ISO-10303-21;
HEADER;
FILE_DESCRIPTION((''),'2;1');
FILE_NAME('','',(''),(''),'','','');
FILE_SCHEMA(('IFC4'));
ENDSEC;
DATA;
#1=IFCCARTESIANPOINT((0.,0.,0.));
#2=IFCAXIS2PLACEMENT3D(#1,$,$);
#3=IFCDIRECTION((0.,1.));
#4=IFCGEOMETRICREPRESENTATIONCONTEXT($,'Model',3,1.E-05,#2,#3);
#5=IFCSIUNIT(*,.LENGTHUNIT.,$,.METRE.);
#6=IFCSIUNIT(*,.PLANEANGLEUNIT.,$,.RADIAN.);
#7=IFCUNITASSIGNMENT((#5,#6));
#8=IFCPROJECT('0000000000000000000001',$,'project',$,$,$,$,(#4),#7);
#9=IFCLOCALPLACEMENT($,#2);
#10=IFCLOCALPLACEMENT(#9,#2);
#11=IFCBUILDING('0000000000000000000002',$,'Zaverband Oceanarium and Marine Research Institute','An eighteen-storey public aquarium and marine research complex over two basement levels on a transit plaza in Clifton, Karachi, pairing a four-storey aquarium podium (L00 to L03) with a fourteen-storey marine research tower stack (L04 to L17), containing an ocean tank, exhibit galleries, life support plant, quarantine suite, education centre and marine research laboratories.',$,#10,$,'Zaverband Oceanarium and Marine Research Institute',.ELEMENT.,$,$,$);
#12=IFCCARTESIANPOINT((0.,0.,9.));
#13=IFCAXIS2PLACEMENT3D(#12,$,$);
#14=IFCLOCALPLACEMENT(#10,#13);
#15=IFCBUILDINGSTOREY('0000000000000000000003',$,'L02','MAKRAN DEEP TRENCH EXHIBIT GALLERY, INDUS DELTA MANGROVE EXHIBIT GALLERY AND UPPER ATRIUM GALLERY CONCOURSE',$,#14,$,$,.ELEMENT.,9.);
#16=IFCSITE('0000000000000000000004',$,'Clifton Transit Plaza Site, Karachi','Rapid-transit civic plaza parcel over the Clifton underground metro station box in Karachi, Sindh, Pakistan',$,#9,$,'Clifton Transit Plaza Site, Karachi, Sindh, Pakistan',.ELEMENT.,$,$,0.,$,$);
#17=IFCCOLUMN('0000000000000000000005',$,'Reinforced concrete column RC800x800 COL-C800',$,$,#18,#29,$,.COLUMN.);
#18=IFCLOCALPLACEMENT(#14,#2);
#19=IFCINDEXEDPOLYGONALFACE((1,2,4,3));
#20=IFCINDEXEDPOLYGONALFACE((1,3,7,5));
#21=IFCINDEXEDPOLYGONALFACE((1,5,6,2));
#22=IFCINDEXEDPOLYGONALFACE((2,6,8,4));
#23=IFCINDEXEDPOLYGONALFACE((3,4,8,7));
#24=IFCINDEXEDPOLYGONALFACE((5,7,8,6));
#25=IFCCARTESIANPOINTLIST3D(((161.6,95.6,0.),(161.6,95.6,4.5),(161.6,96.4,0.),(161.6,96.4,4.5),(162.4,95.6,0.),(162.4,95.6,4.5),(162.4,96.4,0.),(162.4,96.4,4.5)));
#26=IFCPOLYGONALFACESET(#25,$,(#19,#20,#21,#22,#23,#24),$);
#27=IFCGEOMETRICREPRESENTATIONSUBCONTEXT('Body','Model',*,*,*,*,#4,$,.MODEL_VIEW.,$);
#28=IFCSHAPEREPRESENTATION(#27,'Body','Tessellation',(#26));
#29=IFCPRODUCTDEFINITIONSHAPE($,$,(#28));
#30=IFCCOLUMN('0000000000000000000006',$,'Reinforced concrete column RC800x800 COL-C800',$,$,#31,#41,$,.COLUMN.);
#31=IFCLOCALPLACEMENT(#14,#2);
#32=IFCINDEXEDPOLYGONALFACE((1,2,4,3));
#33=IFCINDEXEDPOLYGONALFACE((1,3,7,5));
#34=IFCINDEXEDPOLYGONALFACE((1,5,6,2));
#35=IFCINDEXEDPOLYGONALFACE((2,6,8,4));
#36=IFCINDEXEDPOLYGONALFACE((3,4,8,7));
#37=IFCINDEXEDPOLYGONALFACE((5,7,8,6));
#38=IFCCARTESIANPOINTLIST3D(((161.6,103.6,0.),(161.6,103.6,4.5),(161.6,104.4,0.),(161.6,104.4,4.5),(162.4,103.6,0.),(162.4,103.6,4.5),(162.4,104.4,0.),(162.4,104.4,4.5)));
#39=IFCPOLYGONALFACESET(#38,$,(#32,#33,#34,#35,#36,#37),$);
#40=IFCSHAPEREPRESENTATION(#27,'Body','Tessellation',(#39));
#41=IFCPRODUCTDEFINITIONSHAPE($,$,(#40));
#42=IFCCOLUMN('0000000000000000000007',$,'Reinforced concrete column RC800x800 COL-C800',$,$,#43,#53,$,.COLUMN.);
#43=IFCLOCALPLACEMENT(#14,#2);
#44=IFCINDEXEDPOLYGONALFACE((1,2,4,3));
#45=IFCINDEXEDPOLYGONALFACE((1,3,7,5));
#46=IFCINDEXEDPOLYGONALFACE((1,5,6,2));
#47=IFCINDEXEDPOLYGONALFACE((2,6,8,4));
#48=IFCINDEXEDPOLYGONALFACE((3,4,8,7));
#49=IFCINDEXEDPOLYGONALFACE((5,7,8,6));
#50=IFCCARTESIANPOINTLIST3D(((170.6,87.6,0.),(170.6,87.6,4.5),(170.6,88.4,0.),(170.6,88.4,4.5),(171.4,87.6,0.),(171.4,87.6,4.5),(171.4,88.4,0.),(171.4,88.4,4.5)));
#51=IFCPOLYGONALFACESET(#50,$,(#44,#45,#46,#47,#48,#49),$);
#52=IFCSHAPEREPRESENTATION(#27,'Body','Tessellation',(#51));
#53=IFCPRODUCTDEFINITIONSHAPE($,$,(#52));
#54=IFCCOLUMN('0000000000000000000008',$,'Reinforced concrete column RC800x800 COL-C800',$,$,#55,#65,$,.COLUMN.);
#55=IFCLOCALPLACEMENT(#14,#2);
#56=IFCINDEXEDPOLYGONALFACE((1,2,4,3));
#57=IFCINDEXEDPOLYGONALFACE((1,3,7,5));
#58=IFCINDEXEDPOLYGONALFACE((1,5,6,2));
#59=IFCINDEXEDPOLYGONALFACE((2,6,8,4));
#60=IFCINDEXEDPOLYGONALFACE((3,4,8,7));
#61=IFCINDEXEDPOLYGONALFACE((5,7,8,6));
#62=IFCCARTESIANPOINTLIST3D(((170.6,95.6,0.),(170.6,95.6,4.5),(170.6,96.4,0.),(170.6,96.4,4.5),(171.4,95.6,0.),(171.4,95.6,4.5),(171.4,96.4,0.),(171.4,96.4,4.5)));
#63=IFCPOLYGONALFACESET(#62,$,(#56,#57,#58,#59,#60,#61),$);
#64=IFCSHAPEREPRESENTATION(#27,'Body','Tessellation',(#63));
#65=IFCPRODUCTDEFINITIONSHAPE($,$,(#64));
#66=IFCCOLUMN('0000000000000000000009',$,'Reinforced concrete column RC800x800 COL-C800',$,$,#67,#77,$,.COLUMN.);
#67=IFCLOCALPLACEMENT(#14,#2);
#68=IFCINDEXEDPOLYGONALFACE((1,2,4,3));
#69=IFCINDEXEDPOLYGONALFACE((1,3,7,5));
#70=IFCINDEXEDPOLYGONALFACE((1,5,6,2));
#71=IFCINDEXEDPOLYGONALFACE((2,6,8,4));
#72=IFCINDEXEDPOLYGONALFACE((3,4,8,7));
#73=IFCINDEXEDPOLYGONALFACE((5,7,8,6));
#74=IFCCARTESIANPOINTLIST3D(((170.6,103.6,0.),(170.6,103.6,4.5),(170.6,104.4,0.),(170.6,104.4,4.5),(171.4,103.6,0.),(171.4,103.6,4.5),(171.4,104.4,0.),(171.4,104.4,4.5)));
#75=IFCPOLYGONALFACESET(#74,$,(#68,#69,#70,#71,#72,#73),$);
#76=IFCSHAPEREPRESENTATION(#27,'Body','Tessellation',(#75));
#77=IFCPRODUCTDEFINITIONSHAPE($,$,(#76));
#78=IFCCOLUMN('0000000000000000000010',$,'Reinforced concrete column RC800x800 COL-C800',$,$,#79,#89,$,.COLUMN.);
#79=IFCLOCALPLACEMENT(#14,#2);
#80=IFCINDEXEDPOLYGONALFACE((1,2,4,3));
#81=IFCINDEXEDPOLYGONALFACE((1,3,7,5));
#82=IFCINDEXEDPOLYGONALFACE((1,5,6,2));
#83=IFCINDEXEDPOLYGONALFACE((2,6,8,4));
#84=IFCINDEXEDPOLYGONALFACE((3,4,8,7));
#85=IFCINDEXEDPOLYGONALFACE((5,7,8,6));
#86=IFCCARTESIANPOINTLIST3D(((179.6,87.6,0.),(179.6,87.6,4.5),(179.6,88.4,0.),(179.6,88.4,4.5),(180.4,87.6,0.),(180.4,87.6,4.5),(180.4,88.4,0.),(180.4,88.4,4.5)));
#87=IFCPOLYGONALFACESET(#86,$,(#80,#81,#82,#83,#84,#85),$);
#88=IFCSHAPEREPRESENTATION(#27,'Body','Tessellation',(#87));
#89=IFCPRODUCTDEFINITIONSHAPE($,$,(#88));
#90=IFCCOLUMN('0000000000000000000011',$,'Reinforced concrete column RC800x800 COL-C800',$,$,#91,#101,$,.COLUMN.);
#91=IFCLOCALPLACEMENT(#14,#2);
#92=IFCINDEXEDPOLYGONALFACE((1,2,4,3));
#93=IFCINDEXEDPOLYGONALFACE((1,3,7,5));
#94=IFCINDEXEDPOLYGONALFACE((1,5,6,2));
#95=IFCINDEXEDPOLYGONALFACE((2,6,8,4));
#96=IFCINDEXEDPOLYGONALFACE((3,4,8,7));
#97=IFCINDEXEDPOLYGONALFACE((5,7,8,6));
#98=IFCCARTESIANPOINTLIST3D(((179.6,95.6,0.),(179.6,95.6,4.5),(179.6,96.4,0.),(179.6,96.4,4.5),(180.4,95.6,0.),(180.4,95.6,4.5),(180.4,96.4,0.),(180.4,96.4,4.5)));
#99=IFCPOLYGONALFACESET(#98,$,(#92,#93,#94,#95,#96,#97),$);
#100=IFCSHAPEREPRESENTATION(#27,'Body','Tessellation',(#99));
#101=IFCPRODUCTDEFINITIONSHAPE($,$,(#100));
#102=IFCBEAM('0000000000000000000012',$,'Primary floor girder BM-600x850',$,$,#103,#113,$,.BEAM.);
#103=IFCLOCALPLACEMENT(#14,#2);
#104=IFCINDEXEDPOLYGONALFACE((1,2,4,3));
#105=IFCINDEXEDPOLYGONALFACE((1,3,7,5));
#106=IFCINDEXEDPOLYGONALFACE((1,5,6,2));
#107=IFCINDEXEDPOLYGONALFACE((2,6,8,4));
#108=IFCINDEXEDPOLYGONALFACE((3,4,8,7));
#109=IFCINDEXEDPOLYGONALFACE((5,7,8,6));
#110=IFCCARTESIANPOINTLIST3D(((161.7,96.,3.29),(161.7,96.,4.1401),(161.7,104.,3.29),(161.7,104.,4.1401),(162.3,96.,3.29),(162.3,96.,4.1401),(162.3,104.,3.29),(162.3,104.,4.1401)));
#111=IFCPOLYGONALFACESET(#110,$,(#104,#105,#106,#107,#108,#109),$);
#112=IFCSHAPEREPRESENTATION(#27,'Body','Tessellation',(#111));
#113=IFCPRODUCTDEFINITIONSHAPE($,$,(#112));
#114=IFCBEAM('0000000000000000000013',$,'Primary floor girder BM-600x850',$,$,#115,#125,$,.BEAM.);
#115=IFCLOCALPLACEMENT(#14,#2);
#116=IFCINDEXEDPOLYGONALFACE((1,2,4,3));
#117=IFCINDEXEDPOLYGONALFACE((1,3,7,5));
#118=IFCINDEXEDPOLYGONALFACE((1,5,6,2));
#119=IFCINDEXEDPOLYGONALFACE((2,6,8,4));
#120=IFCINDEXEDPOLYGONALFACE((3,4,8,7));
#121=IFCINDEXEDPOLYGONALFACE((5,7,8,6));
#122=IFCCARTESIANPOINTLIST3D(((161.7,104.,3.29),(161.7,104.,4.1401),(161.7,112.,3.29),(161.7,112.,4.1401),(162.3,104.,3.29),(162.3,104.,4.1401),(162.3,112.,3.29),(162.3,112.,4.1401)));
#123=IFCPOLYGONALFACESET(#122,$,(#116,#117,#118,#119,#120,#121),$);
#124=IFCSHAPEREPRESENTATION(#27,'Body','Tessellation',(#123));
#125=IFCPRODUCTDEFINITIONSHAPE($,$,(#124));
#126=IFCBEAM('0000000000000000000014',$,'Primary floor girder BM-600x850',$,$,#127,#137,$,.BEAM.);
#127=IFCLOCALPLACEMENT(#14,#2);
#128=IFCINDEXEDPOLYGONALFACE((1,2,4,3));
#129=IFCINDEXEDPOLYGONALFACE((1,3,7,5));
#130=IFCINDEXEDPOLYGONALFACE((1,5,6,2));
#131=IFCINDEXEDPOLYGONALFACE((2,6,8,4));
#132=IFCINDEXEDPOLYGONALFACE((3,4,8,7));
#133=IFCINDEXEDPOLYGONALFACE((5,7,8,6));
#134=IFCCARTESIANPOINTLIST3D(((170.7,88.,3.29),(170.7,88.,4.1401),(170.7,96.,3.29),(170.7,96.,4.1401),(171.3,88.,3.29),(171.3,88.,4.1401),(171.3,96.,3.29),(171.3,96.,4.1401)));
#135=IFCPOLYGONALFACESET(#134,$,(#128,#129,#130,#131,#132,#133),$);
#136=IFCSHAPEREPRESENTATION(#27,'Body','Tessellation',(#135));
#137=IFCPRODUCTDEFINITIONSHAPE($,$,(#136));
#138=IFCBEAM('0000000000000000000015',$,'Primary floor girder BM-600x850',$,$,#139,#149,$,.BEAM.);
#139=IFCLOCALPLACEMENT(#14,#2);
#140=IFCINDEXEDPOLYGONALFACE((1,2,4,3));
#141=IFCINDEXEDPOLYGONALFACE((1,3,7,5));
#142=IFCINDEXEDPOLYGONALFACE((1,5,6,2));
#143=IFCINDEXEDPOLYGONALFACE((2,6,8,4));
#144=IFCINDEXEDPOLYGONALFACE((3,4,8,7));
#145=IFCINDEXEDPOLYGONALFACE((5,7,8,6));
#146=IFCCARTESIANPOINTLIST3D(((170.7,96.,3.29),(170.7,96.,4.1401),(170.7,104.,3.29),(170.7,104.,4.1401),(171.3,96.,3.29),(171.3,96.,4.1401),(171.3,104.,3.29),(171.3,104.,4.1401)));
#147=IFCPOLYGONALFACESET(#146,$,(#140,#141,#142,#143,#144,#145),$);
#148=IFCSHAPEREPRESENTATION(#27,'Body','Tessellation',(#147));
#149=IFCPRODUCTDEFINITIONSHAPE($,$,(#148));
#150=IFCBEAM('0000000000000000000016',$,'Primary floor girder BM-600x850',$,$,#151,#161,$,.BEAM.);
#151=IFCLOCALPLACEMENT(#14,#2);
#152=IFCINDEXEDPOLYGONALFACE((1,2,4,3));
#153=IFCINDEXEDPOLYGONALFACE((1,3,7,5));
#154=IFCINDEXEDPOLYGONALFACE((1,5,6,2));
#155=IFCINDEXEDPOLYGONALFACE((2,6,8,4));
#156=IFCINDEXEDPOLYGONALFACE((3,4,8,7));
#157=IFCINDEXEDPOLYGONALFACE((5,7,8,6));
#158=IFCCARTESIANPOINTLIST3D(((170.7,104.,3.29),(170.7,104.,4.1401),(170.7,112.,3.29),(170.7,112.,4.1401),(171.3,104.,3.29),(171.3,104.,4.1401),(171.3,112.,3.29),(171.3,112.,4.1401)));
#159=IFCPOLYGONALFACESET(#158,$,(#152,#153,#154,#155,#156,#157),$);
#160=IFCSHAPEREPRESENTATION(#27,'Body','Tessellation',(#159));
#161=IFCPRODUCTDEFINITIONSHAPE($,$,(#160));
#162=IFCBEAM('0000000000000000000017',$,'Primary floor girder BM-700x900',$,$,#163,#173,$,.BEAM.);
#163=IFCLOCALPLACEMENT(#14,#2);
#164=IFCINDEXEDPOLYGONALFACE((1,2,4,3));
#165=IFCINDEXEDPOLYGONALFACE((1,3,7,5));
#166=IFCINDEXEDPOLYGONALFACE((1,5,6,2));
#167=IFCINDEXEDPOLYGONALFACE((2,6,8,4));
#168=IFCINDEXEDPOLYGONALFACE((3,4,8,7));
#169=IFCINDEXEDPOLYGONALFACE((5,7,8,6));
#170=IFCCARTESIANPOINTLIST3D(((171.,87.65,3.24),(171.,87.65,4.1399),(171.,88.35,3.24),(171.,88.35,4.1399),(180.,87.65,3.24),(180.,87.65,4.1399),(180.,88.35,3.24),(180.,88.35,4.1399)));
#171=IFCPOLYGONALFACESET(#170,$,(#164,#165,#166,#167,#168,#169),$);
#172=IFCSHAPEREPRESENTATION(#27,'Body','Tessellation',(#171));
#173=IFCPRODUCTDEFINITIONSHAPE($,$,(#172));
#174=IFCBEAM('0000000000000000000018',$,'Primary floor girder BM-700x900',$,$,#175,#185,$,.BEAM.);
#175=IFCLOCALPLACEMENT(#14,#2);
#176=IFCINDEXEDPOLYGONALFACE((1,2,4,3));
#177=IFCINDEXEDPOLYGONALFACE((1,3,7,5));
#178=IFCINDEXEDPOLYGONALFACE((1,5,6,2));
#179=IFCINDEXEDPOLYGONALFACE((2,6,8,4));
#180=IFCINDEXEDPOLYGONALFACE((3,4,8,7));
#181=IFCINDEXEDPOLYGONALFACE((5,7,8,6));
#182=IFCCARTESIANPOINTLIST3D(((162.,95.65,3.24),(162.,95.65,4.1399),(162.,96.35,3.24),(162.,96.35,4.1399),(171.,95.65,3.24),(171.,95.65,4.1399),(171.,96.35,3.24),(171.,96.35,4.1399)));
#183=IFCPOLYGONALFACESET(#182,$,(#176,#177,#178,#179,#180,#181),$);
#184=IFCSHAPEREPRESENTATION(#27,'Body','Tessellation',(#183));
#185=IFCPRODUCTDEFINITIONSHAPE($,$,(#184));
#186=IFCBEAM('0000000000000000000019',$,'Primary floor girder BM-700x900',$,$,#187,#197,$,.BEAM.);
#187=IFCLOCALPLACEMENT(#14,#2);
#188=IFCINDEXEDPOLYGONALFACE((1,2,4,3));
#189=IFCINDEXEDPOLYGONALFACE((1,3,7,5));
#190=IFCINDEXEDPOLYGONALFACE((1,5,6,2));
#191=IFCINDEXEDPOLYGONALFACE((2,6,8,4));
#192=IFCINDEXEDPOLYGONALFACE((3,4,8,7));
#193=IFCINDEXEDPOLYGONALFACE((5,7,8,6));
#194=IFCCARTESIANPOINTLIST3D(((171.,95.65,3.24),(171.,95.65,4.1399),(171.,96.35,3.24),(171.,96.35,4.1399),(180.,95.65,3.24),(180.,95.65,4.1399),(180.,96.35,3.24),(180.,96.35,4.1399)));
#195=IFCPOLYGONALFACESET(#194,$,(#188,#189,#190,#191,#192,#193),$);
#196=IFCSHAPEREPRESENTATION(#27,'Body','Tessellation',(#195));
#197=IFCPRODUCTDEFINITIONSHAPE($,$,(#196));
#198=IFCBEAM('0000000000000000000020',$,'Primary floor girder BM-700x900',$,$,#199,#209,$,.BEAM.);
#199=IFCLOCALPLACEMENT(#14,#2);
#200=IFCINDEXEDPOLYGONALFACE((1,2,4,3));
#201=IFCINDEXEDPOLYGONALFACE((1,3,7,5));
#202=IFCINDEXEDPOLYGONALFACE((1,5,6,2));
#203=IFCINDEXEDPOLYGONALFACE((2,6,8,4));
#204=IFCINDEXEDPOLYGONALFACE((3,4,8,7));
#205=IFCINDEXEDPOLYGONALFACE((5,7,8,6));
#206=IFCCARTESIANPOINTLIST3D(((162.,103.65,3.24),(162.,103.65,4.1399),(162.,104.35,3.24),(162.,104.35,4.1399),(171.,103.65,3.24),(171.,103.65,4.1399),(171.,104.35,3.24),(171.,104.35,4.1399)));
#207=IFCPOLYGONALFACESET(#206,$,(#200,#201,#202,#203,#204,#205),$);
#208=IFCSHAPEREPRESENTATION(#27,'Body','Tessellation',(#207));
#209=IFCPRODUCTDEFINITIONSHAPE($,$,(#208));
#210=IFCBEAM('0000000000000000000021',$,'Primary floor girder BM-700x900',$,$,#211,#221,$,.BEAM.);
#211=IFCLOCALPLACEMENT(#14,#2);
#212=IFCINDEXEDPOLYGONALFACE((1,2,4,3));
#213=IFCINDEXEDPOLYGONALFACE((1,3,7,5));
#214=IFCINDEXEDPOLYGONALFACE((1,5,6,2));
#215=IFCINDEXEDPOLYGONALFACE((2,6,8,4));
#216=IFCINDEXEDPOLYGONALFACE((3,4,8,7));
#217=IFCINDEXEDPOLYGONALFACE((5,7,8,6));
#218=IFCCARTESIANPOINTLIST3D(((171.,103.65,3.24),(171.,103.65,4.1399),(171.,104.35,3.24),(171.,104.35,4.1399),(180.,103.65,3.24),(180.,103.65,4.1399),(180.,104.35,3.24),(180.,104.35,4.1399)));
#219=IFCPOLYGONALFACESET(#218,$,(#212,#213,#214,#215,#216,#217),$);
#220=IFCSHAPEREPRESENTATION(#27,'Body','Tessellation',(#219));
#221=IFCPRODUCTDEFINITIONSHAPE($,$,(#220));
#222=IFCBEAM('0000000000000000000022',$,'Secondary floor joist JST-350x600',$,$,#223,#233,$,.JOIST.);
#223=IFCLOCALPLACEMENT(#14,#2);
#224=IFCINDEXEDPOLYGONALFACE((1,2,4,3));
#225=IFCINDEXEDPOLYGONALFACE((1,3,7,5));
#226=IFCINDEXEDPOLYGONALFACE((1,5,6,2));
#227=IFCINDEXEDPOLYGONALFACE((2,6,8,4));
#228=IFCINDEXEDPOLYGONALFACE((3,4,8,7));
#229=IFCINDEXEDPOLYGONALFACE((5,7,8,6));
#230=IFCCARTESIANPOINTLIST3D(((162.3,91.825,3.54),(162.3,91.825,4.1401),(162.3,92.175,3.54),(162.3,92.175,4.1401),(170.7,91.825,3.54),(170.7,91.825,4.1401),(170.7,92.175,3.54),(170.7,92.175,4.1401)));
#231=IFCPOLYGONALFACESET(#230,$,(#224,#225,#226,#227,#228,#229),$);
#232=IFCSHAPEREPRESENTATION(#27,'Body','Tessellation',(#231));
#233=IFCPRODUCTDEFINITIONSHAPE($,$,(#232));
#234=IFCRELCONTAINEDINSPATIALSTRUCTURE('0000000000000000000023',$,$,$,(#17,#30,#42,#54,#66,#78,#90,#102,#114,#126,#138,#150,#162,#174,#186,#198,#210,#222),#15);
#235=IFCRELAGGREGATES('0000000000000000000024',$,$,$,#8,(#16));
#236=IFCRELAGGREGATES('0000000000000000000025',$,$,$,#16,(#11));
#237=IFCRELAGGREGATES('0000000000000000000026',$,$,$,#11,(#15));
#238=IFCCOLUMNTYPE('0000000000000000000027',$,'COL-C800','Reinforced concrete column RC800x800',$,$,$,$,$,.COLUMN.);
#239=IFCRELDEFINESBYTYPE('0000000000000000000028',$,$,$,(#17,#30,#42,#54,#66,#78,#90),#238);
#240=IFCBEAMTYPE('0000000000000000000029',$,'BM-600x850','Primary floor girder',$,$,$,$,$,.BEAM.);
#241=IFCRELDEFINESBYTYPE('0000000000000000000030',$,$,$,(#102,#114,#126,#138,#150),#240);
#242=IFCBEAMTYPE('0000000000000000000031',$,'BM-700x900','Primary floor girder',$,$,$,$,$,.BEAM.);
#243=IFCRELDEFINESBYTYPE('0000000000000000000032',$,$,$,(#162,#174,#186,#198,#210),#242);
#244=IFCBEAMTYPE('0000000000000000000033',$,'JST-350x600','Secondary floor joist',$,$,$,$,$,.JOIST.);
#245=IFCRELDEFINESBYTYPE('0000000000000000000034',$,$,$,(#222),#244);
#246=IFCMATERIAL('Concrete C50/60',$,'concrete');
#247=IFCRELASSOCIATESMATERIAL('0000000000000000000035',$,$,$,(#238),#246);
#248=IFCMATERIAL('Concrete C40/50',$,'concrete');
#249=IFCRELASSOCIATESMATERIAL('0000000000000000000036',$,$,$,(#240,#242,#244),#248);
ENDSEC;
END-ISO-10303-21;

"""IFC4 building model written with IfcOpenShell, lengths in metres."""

from ifc_helpers import new_model, si_unit, direction, frame, origin, origin_2d, place, context, subcontext, project, spatial, rectangle, extrude, material, material_profile, profile_set, type_object, element, save


model = new_model("IFC4")

# Units and contexts
model_context = context("Model", 3, precision=1e-05, world=origin(), true_north=direction((0.0, 1.0)))
body_context = subcontext(model_context, "Body", "Model", "MODEL_VIEW")
ifc_project = project(units=[si_unit("LENGTHUNIT", "METRE"), si_unit("PLANEANGLEUNIT", "RADIAN")], contexts=[model_context])

# Site, building, storey
site_placement = place(None, origin())
site = spatial("IfcSite", under=ifc_project, at=site_placement, Name="Clifton Transit Plaza Site, Karachi", Description="Rapid-transit civic plaza parcel over the Clifton underground metro station box in Karachi, Sindh, Pakistan", LongName="Clifton Transit Plaza Site, Karachi, Sindh, Pakistan", CompositionType="ELEMENT", RefElevation=0.0)
building_placement = place(site_placement, origin())
building = spatial("IfcBuilding", under=site, at=building_placement, Name="Zaverband Oceanarium and Marine Research Institute", Description="An eighteen-storey public aquarium and marine research complex over two basement levels on a transit plaza in Clifton, Karachi, pairing a four-storey aquarium podium (L00 to L03) with a fourteen-storey marine research tower stack (L04 to L17), containing an ocean tank, exhibit galleries, life support plant, quarantine suite, education centre and marine research laboratories.", LongName="Zaverband Oceanarium and Marine Research Institute", CompositionType="ELEMENT")
storey_placement = place(building_placement, frame((0.0, 0.0, 9.0)))
storey = spatial("IfcBuildingStorey", under=building, at=storey_placement, Name="L02", Description="MAKRAN DEEP TRENCH EXHIBIT GALLERY, INDUS DELTA MANGROVE EXHIBIT GALLERY AND UPPER ATRIUM GALLERY CONCOURSE", CompositionType="ELEMENT", Elevation=9.0)

# Columns
ifc_material_1 = material(Name="Concrete C50/60", Category="concrete")
ifc_material_profile_1 = material_profile(ifc_material_1, rectangle(XDim=0.8, YDim=0.8, at=origin_2d()), Name="RC800x800")
ifc_profile_set_1 = profile_set([ifc_material_profile_1], Name="Concrete C50/60")
column_type = type_object("IfcColumnType", Name="COL-C800", Description="Reinforced concrete column RC800x800", PredefinedType="COLUMN", material=ifc_profile_set_1)
for number, where, z_axis, x_axis, name in (
    (1, (162.0, 96.0, 0.0), (0.0, 0.0, 1.0), (1.0, 0.0, 0.0), "Reinforced concrete column RC800x800 COL-C800"),
    (2, (162.0, 104.0, 0.0), (0.0, 0.0, 1.0), (1.0, 0.0, 0.0), "Reinforced concrete column RC800x800 COL-C800"),
    (3, (171.0, 88.0, 0.0), (0.0, 0.0, 1.0), (1.0, 0.0, 0.0), "Reinforced concrete column RC800x800 COL-C800"),
    (4, (171.0, 96.0, 0.0), (0.0, 0.0, 1.0), (1.0, 0.0, 0.0), "Reinforced concrete column RC800x800 COL-C800"),
    (5, (171.0, 104.0, 0.0), (0.0, 0.0, 1.0), (1.0, 0.0, 0.0), "Reinforced concrete column RC800x800 COL-C800"),
    (6, (180.0, 88.0, 0.0), (0.0, 0.0, 1.0), (1.0, 0.0, 0.0), "Reinforced concrete column RC800x800 COL-C800"),
    (7, (180.0, 96.0, 0.0), (0.0, 0.0, 1.0), (1.0, 0.0, 0.0), "Reinforced concrete column RC800x800 COL-C800"),
):
    element("IfcColumn", number, at=place(storey_placement, frame(where, z_axis=z_axis, x_axis=x_axis)), inside=storey, type_object=column_type, Name=name, PredefinedType="COLUMN", context=body_context, shape_type="SweptSolid", body=[
        extrude(rectangle(XDim=0.8, YDim=0.8, at=origin_2d()), origin(), (0.0, 0.0, 1.0), 4.5),
    ])

# Beams
ifc_material_2 = material(Name="Concrete C40/50", Category="concrete")
ifc_material_profile_2 = material_profile(ifc_material_2, rectangle(XDim=0.6001, YDim=0.8501, at=origin_2d()), Name="RC600x850")
ifc_profile_set_2 = profile_set([ifc_material_profile_2], Name="Concrete C40/50")
beam_type_1 = type_object("IfcBeamType", Name="BM-600x850", Description="Primary floor girder", PredefinedType="BEAM", material=ifc_profile_set_2)
for number, where, z_axis, x_axis, name in (
    (8, (162.0, 96.0, 3.7151), (0.0, 1.0, 0.0), (-1.0, 0.0, 0.0), "Primary floor girder BM-600x850"),
    (9, (162.0, 104.0, 3.7151), (0.0, 1.0, 0.0), (-1.0, 0.0, 0.0), "Primary floor girder BM-600x850"),
    (10, (171.0, 88.0, 3.7151), (0.0, 1.0, 0.0), (-1.0, 0.0, 0.0), "Primary floor girder BM-600x850"),
    (11, (171.0, 96.0, 3.7151), (0.0, 1.0, 0.0), (-1.0, 0.0, 0.0), "Primary floor girder BM-600x850"),
    (12, (171.0, 104.0, 3.7151), (0.0, 1.0, 0.0), (-1.0, 0.0, 0.0), "Primary floor girder BM-600x850"),
):
    element("IfcBeam", number, at=place(storey_placement, frame(where, z_axis=z_axis, x_axis=x_axis)), inside=storey, type_object=beam_type_1, Name=name, PredefinedType="BEAM", context=body_context, shape_type="SweptSolid", body=[
        extrude(rectangle(XDim=0.6001, YDim=0.8501, at=origin_2d()), origin(), (0.0, 0.0, 1.0), 8.0),
    ])
ifc_material_profile_3 = material_profile(ifc_material_2, rectangle(XDim=0.7, YDim=0.8999, at=origin_2d()), Name="RC700x900")
ifc_profile_set_3 = profile_set([ifc_material_profile_3], Name="Concrete C40/50")
beam_type_2 = type_object("IfcBeamType", Name="BM-700x900", Description="Primary floor girder", PredefinedType="BEAM", material=ifc_profile_set_3)
for number, where, z_axis, x_axis, name in (
    (13, (171.0, 88.0, 3.6899), (1.0, 0.0, 0.0), (0.0, 1.0, 0.0), "Primary floor girder BM-700x900"),
    (14, (162.0, 96.0, 3.6899), (1.0, 0.0, 0.0), (0.0, 1.0, 0.0), "Primary floor girder BM-700x900"),
    (15, (171.0, 96.0, 3.6899), (1.0, 0.0, 0.0), (0.0, 1.0, 0.0), "Primary floor girder BM-700x900"),
    (16, (162.0, 104.0, 3.6899), (1.0, 0.0, 0.0), (0.0, 1.0, 0.0), "Primary floor girder BM-700x900"),
    (17, (171.0, 104.0, 3.6899), (1.0, 0.0, 0.0), (0.0, 1.0, 0.0), "Primary floor girder BM-700x900"),
):
    element("IfcBeam", number, at=place(storey_placement, frame(where, z_axis=z_axis, x_axis=x_axis)), inside=storey, type_object=beam_type_2, Name=name, PredefinedType="BEAM", context=body_context, shape_type="SweptSolid", body=[
        extrude(rectangle(XDim=0.7, YDim=0.8999, at=origin_2d()), origin(), (0.0, 0.0, 1.0), 9.0),
    ])
ifc_material_profile_4 = material_profile(ifc_material_2, rectangle(XDim=0.3501, YDim=0.6001, at=origin_2d()), Name="RC350x600")
ifc_profile_set_4 = profile_set([ifc_material_profile_4], Name="Concrete C40/50")
beam_type_3 = type_object("IfcBeamType", Name="JST-350x600", Description="Secondary floor joist", PredefinedType="JOIST", material=ifc_profile_set_4)
for number, where, z_axis, x_axis, name in (
    (18, (162.3, 92.0, 3.8401), (1.0, 0.0, 0.0), (0.0, 1.0, 0.0), "Secondary floor joist JST-350x600"),
):
    element("IfcBeam", number, at=place(storey_placement, frame(where, z_axis=z_axis, x_axis=x_axis)), inside=storey, type_object=beam_type_3, Name=name, PredefinedType="JOIST", context=body_context, shape_type="SweptSolid", body=[
        extrude(rectangle(XDim=0.3501, YDim=0.6001, at=origin_2d()), origin(), (0.0, 0.0, 1.0), 8.3999),
    ])

save(model, "model.ifc")
